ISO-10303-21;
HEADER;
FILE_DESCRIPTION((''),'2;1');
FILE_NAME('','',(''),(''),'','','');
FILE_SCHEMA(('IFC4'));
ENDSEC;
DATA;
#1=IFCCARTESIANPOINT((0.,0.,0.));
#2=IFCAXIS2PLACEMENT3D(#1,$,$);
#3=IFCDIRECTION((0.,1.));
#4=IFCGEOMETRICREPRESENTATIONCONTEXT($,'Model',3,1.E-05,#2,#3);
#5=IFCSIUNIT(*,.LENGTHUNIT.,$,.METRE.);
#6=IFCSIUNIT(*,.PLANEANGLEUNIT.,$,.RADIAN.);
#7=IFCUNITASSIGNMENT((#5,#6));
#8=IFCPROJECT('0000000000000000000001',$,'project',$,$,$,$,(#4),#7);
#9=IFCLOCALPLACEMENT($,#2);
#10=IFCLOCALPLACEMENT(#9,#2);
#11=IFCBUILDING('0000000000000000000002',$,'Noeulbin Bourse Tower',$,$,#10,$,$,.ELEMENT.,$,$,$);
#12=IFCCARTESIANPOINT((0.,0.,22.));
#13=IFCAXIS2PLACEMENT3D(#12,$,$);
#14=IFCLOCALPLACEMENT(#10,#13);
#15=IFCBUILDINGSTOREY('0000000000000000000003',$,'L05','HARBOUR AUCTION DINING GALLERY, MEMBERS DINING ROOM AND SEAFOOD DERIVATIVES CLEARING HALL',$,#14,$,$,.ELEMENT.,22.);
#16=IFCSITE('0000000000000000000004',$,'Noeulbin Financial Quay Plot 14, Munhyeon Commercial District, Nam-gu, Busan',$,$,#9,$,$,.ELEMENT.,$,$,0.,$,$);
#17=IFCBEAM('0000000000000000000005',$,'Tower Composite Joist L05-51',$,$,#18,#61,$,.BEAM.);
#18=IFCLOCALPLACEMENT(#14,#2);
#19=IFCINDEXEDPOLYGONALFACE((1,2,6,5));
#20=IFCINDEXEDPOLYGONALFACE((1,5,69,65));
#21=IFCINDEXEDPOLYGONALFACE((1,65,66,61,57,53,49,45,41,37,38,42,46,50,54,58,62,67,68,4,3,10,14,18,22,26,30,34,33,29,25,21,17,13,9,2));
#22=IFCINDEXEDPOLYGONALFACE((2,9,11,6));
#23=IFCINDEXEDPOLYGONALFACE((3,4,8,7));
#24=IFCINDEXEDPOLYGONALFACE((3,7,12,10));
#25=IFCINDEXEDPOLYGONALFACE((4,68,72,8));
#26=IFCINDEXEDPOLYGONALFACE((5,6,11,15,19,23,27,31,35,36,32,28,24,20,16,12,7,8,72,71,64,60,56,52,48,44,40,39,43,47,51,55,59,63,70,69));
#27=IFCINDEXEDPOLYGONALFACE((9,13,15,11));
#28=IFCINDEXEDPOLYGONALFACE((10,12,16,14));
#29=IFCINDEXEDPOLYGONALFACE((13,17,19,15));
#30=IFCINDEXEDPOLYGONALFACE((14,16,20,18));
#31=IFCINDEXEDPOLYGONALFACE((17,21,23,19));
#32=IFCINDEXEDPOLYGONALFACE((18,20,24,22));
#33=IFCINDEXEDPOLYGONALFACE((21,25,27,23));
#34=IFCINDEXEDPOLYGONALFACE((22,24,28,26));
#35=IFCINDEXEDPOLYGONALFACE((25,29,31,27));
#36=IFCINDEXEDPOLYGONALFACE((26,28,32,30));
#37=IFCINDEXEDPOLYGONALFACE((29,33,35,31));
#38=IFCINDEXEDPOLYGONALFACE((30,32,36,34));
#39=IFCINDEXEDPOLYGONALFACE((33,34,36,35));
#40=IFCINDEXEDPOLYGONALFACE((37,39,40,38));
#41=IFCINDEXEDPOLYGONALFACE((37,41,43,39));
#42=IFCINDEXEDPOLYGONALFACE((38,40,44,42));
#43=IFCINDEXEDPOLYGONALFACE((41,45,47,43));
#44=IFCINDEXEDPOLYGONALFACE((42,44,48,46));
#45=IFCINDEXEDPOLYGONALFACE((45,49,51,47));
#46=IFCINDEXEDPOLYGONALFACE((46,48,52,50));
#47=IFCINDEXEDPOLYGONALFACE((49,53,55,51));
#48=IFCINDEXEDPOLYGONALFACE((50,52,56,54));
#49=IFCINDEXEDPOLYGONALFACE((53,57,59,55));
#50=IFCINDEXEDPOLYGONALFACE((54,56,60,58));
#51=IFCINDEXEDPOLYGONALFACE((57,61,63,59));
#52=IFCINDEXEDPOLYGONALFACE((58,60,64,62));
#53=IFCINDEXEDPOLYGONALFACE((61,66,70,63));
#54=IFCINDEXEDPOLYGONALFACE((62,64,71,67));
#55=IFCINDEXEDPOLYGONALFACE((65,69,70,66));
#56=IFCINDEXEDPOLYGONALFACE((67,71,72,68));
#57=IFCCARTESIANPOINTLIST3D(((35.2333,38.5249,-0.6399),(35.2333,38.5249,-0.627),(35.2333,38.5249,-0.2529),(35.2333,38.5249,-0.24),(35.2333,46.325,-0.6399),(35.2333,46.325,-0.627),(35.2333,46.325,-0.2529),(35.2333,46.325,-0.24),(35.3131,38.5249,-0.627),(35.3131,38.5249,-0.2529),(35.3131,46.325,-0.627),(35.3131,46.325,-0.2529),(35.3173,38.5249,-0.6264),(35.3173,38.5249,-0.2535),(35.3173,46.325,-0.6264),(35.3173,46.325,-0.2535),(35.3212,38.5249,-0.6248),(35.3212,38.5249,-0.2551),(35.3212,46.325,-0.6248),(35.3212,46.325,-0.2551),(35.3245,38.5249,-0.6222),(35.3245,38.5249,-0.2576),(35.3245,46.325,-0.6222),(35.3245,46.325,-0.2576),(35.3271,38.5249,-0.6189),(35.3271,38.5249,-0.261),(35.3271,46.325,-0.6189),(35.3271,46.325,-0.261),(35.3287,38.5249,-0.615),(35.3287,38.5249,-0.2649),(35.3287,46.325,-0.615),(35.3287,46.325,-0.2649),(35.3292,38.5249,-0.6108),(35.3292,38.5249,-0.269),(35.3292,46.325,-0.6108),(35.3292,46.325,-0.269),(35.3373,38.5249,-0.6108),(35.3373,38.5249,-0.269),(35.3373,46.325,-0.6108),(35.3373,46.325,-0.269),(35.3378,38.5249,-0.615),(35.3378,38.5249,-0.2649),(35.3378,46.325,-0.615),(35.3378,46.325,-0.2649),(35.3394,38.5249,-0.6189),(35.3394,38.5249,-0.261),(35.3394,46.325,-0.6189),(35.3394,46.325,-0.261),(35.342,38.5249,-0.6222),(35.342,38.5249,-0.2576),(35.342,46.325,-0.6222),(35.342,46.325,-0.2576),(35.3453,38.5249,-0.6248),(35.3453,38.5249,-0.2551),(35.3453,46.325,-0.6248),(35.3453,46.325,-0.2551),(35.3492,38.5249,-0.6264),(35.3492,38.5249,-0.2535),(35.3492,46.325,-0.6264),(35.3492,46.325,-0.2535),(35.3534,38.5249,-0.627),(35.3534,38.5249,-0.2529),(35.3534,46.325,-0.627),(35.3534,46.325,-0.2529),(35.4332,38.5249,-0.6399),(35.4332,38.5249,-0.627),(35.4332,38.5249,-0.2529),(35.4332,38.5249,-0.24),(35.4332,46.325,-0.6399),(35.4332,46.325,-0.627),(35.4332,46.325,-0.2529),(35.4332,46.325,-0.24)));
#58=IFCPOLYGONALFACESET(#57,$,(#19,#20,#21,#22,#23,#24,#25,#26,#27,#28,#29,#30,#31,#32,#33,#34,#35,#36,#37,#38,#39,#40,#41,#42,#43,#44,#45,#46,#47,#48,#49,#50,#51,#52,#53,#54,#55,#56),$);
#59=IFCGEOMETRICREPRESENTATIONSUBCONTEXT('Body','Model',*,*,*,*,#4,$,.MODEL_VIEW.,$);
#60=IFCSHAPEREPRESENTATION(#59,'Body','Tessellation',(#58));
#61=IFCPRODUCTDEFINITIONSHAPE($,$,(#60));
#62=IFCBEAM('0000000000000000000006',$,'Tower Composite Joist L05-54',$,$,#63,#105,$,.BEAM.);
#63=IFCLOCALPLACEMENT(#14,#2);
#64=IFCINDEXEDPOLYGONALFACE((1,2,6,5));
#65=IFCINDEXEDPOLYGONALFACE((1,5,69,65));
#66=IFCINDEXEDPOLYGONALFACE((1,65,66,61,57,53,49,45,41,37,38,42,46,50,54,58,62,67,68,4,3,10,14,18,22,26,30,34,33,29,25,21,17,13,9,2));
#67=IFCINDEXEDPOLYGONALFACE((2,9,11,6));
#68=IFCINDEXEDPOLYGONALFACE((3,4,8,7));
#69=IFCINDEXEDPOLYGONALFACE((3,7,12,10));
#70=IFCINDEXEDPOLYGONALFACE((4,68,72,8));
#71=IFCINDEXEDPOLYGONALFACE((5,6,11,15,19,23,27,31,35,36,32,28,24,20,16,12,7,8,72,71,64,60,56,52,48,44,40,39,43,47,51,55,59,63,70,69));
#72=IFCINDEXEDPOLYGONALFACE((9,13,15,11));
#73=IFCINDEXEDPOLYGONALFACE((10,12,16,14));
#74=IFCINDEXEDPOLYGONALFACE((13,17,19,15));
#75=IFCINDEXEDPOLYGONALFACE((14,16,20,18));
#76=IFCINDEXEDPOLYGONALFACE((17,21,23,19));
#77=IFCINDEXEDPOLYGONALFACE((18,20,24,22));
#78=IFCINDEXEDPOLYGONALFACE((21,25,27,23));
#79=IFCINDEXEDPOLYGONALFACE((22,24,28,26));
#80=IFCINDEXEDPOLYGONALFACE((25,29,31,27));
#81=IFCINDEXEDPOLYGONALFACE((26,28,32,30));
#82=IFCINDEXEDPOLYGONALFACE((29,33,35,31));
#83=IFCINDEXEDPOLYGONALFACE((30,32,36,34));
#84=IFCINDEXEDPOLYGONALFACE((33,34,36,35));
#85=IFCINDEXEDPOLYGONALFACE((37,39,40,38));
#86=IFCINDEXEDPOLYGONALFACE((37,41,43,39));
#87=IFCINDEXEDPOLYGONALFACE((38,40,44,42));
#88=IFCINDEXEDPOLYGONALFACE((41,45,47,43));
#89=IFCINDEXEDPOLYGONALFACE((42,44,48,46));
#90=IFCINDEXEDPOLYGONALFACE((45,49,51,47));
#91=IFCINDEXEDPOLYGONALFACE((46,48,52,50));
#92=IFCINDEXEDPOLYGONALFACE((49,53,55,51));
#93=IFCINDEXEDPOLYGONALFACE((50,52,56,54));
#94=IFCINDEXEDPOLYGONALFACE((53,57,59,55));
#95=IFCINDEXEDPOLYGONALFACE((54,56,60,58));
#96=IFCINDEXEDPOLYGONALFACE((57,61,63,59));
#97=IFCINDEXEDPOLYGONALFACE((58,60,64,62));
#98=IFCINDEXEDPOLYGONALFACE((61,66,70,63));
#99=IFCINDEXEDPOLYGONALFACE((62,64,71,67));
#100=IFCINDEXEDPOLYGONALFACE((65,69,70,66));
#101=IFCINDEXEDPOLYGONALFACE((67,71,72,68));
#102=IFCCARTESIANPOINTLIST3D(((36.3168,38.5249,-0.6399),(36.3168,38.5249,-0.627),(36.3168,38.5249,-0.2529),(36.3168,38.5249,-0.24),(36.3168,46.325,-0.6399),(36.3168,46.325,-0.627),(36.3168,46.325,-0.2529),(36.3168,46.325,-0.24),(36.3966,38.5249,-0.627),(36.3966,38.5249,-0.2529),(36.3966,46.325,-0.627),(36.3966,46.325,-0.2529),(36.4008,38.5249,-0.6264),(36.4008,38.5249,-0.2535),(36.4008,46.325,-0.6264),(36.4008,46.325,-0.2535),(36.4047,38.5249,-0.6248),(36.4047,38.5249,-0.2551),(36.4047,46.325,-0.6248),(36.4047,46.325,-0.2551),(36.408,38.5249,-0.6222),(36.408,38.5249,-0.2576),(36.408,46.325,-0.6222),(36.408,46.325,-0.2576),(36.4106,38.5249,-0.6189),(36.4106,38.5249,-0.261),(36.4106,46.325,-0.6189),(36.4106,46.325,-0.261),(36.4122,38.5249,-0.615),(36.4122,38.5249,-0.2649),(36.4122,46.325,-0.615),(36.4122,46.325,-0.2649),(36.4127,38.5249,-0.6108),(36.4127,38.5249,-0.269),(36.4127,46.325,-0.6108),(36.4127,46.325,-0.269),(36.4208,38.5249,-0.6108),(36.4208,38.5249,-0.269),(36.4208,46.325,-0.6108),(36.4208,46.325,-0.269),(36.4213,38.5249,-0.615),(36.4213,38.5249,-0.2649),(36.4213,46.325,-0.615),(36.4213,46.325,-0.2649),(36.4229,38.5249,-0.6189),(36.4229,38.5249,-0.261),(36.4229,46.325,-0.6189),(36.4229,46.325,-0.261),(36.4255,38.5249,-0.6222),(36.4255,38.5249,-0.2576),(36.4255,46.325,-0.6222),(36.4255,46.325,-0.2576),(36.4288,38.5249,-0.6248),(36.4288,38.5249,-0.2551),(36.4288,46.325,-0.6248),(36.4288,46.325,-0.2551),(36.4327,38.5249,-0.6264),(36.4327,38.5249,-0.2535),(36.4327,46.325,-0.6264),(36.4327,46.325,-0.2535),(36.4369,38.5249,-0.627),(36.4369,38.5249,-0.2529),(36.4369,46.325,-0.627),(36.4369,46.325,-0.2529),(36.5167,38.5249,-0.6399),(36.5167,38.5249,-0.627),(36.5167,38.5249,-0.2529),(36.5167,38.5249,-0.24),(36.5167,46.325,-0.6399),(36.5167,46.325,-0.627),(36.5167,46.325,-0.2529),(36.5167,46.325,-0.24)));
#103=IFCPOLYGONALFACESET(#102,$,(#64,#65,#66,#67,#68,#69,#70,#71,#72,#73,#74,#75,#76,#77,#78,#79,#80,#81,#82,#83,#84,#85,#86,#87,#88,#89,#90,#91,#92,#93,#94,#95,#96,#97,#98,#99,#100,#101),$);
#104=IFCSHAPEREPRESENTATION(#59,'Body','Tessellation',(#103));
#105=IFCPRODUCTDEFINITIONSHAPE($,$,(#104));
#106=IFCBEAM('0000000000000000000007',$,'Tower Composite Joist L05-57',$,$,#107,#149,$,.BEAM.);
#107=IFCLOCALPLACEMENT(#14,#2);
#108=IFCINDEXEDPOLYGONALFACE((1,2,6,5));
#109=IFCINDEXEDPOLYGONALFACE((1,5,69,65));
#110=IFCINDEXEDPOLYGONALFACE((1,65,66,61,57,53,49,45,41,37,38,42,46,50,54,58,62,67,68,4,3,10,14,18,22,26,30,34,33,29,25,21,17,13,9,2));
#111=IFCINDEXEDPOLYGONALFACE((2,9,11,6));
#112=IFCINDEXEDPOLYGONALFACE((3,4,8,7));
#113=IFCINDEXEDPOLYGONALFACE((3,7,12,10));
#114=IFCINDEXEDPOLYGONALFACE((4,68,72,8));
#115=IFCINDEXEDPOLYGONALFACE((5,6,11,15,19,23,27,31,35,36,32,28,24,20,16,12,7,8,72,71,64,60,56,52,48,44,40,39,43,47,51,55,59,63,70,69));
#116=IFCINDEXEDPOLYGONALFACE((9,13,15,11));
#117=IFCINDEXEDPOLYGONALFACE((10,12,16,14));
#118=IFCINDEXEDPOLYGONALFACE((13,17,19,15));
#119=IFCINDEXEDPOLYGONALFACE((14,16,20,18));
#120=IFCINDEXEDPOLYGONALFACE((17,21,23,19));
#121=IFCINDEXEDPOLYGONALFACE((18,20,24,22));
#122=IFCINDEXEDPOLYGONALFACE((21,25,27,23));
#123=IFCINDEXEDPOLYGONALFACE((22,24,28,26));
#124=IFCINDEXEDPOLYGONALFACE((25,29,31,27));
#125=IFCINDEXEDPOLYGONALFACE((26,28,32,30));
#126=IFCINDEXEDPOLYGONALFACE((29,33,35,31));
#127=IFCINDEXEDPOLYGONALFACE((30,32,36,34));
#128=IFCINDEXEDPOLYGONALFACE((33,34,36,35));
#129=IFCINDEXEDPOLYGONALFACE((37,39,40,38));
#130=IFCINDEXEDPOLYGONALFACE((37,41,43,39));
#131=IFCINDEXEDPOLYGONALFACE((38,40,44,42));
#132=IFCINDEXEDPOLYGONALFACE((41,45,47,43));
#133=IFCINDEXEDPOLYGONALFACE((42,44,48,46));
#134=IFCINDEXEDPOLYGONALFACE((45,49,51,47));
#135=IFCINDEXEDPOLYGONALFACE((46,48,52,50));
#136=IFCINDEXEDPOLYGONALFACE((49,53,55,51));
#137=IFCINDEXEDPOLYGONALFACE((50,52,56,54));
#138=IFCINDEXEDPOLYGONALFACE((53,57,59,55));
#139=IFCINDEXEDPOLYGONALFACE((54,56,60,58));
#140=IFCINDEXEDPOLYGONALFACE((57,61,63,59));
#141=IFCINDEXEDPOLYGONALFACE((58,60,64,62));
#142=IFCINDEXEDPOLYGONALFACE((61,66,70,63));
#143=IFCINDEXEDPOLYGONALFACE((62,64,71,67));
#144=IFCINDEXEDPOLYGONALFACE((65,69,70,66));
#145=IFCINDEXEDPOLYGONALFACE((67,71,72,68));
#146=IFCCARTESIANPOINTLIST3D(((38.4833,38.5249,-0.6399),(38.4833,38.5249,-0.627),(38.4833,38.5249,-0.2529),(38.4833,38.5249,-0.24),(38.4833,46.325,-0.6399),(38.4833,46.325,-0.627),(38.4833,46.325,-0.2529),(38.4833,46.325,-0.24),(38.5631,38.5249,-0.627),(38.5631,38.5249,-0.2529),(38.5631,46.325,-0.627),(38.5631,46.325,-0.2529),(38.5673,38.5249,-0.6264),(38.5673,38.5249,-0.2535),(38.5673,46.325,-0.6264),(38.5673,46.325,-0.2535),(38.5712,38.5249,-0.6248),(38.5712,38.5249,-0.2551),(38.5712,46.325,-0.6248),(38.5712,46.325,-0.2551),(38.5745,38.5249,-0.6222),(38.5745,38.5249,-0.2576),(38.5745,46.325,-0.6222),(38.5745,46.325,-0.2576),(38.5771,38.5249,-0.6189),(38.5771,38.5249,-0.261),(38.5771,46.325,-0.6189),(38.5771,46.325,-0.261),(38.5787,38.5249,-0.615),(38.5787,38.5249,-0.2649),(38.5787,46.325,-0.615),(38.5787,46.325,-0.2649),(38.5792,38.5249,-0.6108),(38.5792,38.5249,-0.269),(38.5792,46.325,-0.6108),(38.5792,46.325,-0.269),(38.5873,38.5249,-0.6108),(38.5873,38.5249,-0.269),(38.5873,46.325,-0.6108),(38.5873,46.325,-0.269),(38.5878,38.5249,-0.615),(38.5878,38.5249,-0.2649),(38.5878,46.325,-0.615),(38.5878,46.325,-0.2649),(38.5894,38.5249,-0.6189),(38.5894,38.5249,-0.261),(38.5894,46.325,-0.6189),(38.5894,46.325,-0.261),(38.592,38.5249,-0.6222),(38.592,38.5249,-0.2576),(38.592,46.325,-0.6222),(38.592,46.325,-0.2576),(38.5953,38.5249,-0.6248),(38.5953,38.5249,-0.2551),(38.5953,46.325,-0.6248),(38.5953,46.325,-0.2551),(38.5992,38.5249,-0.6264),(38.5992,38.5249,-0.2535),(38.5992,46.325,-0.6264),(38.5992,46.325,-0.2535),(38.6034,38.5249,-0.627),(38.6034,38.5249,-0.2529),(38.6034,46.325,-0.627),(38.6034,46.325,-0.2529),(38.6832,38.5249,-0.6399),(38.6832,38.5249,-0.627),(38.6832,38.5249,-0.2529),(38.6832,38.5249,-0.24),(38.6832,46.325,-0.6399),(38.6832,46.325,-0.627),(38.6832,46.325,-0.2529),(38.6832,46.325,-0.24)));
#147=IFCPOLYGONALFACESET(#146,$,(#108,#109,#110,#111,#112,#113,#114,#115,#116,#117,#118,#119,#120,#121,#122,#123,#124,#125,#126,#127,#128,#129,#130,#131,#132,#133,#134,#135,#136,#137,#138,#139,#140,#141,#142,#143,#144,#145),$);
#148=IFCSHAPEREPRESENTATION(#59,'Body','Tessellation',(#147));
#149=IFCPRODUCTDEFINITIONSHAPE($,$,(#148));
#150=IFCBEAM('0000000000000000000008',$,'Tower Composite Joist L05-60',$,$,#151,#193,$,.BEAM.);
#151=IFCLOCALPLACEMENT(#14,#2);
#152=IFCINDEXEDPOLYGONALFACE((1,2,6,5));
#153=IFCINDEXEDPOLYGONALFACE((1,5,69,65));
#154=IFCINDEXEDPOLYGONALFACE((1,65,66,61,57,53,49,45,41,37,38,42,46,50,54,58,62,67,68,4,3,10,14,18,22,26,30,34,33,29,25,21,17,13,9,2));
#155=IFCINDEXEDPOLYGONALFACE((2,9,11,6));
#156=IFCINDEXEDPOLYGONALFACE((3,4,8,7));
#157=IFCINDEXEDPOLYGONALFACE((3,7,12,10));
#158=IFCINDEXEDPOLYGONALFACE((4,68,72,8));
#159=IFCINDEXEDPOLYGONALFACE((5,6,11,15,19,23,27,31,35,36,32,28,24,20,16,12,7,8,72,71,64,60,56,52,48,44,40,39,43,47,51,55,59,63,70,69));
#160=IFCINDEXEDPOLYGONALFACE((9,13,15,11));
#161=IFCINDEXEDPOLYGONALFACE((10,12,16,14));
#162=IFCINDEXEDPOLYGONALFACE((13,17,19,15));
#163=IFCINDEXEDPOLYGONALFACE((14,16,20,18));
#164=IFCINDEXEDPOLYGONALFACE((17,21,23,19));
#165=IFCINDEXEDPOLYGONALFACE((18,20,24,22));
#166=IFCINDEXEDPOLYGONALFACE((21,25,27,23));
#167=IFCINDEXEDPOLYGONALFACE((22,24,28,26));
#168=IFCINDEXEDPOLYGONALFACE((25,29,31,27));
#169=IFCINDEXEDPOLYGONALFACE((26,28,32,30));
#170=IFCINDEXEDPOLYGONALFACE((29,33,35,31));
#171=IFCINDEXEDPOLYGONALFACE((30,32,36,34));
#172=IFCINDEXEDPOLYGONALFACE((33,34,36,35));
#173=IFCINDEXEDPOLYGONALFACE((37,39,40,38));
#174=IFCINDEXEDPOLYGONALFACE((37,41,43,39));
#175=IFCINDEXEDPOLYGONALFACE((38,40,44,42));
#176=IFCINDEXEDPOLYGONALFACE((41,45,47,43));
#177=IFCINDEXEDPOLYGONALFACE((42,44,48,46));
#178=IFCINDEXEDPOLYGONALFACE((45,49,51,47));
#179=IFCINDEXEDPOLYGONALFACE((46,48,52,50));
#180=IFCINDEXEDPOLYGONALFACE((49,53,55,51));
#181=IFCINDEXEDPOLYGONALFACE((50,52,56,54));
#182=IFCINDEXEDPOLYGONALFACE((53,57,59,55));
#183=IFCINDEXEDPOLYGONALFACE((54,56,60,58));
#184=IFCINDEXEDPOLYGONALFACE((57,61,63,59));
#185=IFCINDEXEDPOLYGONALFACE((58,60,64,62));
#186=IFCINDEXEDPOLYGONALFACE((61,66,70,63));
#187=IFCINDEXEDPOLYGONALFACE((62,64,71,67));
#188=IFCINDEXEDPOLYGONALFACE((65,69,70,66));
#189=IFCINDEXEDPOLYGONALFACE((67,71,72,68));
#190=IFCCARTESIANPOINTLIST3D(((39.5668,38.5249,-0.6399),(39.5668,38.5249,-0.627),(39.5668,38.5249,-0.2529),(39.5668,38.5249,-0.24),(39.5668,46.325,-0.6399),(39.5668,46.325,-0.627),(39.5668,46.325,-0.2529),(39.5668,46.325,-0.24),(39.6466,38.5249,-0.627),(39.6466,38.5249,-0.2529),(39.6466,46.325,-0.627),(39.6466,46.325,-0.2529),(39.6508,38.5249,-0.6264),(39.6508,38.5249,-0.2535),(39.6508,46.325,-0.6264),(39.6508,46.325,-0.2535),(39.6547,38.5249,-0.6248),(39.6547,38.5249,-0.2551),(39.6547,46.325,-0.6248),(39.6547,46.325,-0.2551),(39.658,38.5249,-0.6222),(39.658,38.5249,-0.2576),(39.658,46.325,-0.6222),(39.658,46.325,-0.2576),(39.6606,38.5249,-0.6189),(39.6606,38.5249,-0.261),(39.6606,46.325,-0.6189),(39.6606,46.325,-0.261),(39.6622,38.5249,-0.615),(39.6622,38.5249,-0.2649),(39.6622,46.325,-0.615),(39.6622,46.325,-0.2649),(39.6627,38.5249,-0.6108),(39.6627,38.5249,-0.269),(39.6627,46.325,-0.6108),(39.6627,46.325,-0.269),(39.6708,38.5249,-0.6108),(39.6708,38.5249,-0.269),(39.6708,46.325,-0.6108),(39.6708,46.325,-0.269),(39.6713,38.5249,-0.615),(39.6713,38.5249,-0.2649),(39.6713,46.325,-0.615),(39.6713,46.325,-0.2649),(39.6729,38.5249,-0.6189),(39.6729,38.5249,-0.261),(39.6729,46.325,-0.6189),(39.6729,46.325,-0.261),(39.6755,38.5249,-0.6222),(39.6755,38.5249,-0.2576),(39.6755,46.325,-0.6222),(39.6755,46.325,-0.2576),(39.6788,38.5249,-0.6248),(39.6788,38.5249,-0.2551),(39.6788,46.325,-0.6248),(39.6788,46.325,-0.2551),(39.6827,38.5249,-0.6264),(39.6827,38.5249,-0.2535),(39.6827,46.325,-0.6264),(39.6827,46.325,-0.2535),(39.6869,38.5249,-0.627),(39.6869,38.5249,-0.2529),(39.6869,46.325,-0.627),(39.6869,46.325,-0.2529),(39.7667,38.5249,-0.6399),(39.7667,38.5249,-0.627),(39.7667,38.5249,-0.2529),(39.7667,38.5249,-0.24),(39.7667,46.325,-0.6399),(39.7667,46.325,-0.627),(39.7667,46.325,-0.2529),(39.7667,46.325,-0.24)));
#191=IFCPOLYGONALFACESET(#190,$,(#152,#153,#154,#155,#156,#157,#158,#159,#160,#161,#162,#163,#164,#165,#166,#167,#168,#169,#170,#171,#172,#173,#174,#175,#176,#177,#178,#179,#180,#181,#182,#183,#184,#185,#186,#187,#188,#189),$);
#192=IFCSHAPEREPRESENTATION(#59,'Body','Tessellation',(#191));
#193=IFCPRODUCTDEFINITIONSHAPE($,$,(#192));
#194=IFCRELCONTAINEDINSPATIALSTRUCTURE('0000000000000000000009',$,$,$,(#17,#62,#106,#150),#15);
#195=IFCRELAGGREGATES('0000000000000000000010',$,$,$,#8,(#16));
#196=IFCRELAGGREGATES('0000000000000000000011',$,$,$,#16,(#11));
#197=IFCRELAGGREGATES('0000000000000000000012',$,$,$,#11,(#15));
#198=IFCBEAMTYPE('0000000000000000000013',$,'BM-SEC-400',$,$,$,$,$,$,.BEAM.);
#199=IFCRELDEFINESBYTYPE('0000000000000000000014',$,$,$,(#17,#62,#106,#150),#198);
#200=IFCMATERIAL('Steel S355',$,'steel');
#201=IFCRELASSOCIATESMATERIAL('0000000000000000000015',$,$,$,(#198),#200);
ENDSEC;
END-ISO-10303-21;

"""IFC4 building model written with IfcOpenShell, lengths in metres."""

from ifc_helpers import new_model, si_unit, direction, frame, origin, origin_2d, place, context, subcontext, project, spatial, i_section, extrude, material, material_profile, profile_set, type_object, element, save


model = new_model("IFC4")

# Units and contexts
model_context = context("Model", 3, precision=1e-05, world=origin(), true_north=direction((0.0, 1.0)))
body_context = subcontext(model_context, "Body", "Model", "MODEL_VIEW")
ifc_project = project(units=[si_unit("LENGTHUNIT", "METRE"), si_unit("PLANEANGLEUNIT", "RADIAN")], contexts=[model_context])

# Site, building, storey
site_placement = place(None, origin())
site = spatial("IfcSite", under=ifc_project, at=site_placement, Name="Noeulbin Financial Quay Plot 14, Munhyeon Commercial District, Nam-gu, Busan", CompositionType="ELEMENT", RefElevation=0.0)
building_placement = place(site_placement, origin())
building = spatial("IfcBuilding", under=site, at=building_placement, Name="Noeulbin Bourse Tower", CompositionType="ELEMENT")
storey_placement = place(building_placement, frame((0.0, 0.0, 22.0)))
storey = spatial("IfcBuildingStorey", under=building, at=storey_placement, Name="L05", Description="HARBOUR AUCTION DINING GALLERY, MEMBERS DINING ROOM AND SEAFOOD DERIVATIVES CLEARING HALL", CompositionType="ELEMENT", Elevation=22.0)

# Beams
ifc_material_1 = material(Name="Steel S355", Category="steel")
ifc_material_profile_1 = material_profile(ifc_material_1, i_section(OverallWidth=0.2, OverallDepth=0.3999, WebThickness=0.0081, FlangeThickness=0.0129, FilletRadius=0.0161, at=origin_2d()), Name="H-400x200x8x13", Category="LoadBearing")
ifc_profile_set_1 = profile_set([ifc_material_profile_1], Name="Steel S355")
beam_type_1 = type_object("IfcBeamType", Name="BM-SEC-400", PredefinedType="BEAM", material=ifc_profile_set_1)
for number, where, z_axis, x_axis, name in (
    (1, (35.3333, 38.5249, -0.4399), (0.0, 1.0, 0.0), (-1.0, 0.0, 0.0), "Tower Composite Joist L05-51"),
    (2, (36.4167, 38.5249, -0.4399), (0.0, 1.0, 0.0), (-1.0, 0.0, 0.0), "Tower Composite Joist L05-54"),
    (3, (38.5833, 38.5249, -0.4399), (0.0, 1.0, 0.0), (-1.0, 0.0, 0.0), "Tower Composite Joist L05-57"),
    (4, (39.6667, 38.5249, -0.4399), (0.0, 1.0, 0.0), (-1.0, 0.0, 0.0), "Tower Composite Joist L05-60"),
):
    element("IfcBeam", number, at=place(storey_placement, frame(where, z_axis=z_axis, x_axis=x_axis)), inside=storey, type_object=beam_type_1, Name=name, PredefinedType="BEAM", context=body_context, shape_type="SweptSolid", body=[
        extrude(i_section(OverallWidth=0.2, OverallDepth=0.3999, WebThickness=0.0081, FlangeThickness=0.0129, FilletRadius=0.0161, at=origin_2d()), origin(), (0.0, 0.0, 1.0), 7.8),
    ])

save(model, "model.ifc")
